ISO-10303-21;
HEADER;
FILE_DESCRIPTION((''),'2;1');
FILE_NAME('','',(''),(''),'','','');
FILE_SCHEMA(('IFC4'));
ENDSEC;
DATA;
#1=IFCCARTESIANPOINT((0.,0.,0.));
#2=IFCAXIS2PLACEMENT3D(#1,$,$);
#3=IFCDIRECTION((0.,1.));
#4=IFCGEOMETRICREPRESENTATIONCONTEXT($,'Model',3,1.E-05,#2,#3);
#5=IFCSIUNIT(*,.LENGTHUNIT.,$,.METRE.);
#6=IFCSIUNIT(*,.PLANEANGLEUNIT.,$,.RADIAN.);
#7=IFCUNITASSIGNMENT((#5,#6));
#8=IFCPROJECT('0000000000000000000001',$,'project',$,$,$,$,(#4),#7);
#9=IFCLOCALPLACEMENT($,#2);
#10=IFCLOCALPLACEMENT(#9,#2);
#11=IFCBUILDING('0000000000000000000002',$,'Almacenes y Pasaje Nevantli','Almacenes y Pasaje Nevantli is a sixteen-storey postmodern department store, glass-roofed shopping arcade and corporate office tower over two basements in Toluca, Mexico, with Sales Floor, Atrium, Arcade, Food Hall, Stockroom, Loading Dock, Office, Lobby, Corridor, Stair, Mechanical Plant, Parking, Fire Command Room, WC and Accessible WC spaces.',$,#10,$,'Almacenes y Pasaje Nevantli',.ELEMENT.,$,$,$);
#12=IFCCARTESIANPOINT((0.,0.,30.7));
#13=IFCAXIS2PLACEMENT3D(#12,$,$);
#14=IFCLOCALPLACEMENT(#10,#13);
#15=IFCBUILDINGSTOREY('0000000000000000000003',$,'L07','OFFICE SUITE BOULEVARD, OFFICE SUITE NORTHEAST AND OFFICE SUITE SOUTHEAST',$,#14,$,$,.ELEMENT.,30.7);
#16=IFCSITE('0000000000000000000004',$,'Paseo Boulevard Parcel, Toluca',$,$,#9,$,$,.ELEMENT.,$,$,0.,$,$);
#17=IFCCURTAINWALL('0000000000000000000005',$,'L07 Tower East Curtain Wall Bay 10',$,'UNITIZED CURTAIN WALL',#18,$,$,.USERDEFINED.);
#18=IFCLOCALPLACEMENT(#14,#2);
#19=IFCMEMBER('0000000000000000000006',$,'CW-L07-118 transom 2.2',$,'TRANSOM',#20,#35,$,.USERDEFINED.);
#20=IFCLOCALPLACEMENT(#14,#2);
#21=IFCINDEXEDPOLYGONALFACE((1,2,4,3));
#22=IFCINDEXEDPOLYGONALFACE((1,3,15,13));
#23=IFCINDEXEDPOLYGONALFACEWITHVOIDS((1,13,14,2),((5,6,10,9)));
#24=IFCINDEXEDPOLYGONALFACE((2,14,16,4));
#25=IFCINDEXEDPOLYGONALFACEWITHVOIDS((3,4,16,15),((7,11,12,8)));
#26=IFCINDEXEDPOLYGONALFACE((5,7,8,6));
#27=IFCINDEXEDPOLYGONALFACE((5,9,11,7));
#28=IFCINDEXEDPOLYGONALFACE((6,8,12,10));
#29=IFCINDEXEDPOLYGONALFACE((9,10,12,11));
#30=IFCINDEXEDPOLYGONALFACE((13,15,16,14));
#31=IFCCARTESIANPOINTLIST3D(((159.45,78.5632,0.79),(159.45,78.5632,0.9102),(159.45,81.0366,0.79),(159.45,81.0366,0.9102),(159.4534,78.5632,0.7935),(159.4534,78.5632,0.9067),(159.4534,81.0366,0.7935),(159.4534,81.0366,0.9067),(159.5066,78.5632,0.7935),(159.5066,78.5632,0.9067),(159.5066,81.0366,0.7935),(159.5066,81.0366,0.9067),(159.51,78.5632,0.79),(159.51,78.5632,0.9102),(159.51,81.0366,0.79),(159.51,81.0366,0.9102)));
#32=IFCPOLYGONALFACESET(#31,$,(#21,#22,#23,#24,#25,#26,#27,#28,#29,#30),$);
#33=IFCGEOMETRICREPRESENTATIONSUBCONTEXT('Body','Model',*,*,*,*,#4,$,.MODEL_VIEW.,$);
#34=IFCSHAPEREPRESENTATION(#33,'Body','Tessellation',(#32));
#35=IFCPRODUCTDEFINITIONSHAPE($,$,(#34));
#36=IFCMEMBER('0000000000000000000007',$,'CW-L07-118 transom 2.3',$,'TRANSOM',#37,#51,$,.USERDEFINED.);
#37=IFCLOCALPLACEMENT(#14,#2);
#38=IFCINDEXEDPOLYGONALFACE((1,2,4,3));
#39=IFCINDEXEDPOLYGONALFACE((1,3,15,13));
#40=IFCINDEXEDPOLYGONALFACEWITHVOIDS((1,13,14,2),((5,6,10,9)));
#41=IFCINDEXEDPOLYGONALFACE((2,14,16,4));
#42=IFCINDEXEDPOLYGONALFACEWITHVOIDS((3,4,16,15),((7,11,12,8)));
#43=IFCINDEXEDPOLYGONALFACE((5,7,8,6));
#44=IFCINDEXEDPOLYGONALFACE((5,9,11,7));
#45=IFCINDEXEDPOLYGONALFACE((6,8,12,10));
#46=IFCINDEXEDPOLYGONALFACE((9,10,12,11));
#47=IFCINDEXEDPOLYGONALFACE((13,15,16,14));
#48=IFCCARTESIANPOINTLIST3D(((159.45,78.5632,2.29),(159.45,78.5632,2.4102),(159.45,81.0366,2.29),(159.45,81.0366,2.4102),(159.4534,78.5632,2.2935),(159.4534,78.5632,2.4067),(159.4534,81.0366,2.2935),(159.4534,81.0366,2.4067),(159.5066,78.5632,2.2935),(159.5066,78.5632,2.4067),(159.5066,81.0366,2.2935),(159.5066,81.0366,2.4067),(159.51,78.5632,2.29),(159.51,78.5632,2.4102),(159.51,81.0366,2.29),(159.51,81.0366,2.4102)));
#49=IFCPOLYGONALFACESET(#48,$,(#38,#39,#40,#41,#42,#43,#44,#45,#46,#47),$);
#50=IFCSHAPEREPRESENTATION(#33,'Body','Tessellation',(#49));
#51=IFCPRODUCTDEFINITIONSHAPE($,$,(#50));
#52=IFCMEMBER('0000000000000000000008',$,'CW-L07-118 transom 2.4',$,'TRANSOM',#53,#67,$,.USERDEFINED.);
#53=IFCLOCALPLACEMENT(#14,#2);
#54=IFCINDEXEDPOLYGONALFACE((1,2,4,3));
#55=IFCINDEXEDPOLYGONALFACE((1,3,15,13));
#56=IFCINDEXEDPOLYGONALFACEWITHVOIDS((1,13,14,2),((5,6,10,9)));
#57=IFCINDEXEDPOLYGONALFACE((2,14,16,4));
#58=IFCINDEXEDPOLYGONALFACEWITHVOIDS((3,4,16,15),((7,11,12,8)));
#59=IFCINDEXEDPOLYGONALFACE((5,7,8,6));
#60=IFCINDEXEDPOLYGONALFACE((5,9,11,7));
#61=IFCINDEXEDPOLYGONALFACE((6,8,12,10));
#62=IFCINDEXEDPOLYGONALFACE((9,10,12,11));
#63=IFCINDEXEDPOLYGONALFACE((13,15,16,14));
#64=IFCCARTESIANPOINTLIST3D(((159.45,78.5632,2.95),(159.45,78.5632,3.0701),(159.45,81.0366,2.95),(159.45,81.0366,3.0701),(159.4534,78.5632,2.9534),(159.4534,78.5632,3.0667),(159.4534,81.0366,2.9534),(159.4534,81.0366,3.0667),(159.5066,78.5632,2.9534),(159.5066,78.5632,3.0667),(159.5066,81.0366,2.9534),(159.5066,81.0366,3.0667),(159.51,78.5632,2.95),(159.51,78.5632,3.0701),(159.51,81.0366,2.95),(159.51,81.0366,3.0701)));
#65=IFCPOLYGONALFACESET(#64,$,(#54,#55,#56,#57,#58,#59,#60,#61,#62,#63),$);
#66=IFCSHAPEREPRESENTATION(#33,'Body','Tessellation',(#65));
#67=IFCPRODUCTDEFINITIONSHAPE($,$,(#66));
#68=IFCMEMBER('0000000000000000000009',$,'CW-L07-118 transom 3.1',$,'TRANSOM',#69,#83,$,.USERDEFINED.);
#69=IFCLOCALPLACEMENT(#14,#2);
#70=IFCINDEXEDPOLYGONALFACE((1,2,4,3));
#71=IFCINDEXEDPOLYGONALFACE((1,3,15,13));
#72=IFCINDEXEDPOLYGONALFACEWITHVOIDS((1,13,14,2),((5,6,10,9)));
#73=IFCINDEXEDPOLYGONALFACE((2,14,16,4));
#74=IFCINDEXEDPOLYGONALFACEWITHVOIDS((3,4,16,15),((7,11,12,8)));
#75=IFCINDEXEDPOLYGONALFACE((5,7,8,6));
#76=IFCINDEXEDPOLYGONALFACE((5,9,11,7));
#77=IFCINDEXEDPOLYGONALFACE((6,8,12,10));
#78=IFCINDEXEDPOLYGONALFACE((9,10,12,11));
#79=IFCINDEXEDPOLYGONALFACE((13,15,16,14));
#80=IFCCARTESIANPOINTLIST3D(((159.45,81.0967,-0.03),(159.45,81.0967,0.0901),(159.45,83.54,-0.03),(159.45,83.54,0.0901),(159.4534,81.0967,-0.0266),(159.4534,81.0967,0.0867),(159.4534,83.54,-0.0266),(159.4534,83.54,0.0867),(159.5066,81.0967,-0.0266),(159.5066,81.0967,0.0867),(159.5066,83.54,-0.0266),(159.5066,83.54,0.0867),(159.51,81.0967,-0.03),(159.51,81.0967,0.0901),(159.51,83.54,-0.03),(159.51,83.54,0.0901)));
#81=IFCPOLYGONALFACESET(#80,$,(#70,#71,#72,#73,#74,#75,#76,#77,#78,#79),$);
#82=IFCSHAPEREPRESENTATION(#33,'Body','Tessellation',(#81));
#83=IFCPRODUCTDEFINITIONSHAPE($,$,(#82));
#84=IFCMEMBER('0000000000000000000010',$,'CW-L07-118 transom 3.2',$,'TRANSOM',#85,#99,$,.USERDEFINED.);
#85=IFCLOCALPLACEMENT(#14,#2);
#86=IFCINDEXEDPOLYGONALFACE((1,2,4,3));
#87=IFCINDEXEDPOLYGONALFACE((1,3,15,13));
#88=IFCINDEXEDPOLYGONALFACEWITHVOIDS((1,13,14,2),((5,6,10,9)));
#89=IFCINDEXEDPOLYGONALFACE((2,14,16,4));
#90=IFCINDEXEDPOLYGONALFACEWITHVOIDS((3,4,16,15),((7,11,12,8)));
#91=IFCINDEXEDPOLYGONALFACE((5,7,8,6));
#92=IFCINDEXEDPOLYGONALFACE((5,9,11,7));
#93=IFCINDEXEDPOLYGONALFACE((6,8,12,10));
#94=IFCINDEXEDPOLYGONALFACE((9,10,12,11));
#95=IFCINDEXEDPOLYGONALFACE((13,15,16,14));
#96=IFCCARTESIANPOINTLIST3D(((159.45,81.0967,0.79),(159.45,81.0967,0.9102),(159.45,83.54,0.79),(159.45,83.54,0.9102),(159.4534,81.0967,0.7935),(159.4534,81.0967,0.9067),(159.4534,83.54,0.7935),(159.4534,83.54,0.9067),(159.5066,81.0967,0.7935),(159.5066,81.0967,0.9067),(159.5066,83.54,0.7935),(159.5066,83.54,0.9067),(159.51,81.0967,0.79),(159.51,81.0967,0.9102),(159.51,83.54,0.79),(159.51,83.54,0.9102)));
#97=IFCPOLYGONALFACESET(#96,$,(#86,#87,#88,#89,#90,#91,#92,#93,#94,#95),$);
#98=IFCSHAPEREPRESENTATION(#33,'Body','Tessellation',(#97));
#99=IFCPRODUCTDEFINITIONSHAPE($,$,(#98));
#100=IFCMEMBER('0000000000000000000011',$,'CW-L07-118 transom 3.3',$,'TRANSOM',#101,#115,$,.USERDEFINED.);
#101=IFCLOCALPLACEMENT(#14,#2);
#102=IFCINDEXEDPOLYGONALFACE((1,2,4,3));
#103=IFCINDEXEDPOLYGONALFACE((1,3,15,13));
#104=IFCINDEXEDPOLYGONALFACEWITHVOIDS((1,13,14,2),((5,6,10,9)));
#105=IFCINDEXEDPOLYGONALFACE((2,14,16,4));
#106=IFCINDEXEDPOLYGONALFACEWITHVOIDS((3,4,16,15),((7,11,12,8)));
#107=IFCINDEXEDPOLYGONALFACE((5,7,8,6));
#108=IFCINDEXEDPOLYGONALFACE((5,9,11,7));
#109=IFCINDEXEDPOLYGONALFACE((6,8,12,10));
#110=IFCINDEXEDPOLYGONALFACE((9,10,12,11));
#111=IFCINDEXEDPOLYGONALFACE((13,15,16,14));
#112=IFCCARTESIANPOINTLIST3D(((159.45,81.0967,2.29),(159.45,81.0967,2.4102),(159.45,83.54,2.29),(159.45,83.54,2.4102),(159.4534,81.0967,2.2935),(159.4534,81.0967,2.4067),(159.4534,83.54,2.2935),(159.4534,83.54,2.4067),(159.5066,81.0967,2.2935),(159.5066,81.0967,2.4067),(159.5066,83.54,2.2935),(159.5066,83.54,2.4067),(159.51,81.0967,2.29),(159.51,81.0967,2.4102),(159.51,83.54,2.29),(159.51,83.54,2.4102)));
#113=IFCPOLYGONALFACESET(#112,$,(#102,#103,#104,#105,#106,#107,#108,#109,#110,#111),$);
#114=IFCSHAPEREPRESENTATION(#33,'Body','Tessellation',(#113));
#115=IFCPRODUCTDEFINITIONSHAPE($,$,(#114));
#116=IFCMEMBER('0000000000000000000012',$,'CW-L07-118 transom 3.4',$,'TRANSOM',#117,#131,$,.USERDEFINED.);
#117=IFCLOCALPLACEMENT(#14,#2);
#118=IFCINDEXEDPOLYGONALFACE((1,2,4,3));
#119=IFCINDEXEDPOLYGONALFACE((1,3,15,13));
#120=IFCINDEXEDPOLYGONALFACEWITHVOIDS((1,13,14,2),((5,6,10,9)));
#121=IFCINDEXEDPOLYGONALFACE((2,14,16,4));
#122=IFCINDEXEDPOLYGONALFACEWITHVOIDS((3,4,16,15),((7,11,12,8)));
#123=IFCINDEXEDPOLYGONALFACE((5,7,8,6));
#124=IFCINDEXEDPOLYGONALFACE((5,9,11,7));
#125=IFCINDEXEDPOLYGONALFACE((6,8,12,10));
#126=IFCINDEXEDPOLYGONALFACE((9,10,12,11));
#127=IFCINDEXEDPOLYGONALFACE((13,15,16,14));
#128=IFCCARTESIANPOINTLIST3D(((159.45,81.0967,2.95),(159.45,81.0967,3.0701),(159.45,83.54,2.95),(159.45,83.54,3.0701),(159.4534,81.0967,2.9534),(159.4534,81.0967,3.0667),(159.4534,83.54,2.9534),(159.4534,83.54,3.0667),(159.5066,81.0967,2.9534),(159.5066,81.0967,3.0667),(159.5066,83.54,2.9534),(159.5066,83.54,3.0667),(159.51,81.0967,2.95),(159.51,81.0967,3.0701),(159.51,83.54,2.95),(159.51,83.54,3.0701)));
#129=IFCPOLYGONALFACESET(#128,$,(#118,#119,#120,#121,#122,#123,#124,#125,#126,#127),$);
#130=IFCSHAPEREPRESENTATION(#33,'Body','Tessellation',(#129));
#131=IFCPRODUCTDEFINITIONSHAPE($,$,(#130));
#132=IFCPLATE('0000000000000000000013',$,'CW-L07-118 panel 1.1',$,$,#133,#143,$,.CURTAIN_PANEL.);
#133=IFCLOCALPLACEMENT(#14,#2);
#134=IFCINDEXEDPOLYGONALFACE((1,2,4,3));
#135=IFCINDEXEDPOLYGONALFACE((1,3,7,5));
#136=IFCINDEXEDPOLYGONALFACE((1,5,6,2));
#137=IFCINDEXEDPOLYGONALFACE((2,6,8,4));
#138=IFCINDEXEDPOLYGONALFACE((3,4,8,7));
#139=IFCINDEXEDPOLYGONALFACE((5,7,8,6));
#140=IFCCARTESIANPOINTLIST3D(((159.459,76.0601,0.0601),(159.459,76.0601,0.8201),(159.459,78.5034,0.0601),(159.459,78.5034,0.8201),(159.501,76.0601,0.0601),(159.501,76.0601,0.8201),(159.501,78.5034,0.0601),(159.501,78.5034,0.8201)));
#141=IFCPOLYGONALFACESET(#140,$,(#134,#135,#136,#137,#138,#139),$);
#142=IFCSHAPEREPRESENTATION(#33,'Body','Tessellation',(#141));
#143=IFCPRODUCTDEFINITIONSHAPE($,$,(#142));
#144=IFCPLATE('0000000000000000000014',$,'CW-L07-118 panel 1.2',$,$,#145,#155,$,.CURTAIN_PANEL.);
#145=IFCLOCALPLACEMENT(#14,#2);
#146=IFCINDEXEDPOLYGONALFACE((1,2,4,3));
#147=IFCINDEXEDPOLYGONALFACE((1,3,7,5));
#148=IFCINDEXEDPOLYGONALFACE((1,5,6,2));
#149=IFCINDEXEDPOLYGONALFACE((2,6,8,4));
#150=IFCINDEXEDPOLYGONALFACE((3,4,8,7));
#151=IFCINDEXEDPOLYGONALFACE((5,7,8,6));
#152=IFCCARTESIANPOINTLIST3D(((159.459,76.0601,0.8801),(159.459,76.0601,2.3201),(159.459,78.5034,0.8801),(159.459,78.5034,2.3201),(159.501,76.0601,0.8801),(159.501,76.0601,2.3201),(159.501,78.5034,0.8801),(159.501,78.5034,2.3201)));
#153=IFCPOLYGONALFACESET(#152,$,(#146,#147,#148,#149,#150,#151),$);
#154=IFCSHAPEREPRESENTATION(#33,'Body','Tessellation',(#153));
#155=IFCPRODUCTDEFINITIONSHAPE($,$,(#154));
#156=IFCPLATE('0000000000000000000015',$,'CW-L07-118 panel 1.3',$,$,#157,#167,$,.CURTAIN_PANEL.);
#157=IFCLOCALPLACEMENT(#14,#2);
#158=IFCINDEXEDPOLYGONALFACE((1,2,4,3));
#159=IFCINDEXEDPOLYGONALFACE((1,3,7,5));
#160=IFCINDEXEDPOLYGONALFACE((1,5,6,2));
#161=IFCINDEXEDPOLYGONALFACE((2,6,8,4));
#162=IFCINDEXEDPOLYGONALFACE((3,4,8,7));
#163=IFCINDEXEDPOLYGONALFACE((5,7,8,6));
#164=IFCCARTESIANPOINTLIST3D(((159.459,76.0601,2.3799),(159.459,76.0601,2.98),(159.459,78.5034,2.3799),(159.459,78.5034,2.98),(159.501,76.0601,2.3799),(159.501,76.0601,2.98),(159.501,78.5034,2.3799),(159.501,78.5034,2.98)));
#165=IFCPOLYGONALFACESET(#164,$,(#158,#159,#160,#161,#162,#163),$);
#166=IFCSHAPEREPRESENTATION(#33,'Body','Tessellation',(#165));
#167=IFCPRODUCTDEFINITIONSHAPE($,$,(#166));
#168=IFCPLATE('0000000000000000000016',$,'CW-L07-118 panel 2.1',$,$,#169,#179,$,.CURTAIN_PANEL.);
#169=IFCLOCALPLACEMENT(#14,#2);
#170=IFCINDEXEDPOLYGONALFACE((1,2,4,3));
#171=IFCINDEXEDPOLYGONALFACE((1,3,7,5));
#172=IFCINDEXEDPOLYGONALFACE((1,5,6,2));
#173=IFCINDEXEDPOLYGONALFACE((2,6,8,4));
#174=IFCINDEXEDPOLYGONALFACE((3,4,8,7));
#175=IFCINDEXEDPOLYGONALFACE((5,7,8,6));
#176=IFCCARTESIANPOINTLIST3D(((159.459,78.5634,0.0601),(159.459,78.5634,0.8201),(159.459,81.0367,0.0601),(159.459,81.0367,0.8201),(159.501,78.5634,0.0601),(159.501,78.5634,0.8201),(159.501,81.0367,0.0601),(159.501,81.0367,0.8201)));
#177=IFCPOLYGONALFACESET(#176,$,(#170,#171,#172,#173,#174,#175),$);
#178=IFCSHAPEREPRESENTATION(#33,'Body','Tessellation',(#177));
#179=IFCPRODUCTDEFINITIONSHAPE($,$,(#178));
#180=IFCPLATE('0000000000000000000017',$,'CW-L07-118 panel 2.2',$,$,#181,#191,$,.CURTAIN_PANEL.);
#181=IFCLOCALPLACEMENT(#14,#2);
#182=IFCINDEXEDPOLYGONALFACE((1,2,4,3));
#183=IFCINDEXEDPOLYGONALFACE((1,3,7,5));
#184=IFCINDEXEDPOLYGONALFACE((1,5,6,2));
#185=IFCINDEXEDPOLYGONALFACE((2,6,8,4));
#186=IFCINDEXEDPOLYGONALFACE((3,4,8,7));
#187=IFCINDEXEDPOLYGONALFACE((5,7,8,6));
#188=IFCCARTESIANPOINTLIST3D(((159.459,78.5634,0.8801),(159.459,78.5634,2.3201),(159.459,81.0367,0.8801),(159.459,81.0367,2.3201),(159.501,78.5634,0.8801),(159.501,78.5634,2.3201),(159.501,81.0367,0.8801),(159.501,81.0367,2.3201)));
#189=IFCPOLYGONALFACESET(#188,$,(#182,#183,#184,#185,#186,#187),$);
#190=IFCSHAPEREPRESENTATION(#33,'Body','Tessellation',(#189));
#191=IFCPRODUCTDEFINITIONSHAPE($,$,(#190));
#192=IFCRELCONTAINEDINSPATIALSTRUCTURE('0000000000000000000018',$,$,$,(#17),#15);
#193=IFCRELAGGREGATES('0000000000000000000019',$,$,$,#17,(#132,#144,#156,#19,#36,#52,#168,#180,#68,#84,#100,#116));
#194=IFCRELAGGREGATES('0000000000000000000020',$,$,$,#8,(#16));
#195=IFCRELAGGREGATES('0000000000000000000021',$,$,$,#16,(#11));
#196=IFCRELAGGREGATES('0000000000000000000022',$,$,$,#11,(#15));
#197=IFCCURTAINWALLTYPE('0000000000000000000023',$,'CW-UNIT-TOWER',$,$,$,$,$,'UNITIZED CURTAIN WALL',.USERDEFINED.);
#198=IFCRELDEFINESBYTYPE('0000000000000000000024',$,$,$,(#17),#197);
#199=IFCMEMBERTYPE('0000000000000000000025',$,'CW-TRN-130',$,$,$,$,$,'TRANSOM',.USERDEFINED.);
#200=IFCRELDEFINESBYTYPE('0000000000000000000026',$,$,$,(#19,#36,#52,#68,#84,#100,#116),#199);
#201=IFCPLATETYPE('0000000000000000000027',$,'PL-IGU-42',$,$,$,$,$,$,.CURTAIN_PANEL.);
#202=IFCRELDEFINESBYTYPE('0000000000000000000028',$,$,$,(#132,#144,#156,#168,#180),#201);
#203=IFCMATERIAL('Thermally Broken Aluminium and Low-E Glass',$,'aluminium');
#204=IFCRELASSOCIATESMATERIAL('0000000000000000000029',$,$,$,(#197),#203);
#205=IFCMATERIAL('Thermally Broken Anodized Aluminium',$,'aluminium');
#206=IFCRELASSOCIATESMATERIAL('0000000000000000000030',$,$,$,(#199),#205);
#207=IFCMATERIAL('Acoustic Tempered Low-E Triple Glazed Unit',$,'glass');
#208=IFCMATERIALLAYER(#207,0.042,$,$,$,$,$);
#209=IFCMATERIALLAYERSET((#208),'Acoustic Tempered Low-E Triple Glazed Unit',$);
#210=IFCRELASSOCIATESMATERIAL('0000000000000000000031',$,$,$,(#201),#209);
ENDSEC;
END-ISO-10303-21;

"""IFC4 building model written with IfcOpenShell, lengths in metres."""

from ifc_helpers import new_model, si_unit, direction, frame, origin, origin_2d, place, context, subcontext, project, spatial, rectangle, hollow_rectangle, extrude, material, layer, layer_set, material_profile, profile_set, type_object, element, aggregate, save


model = new_model("IFC4")

# Units and contexts
model_context = context("Model", 3, precision=1e-05, world=origin(), true_north=direction((0.0, 1.0)))
body_context = subcontext(model_context, "Body", "Model", "MODEL_VIEW")
ifc_project = project(units=[si_unit("LENGTHUNIT", "METRE"), si_unit("PLANEANGLEUNIT", "RADIAN")], contexts=[model_context])

# Site, building, storey
site_placement = place(None, origin())
site = spatial("IfcSite", under=ifc_project, at=site_placement, Name="Paseo Boulevard Parcel, Toluca", CompositionType="ELEMENT", RefElevation=0.0)
building_placement = place(site_placement, origin())
building = spatial("IfcBuilding", under=site, at=building_placement, Name="Almacenes y Pasaje Nevantli", Description="Almacenes y Pasaje Nevantli is a sixteen-storey postmodern department store, glass-roofed shopping arcade and corporate office tower over two basements in Toluca, Mexico, with Sales Floor, Atrium, Arcade, Food Hall, Stockroom, Loading Dock, Office, Lobby, Corridor, Stair, Mechanical Plant, Parking, Fire Command Room, WC and Accessible WC spaces.", LongName="Almacenes y Pasaje Nevantli", CompositionType="ELEMENT")
storey_placement = place(building_placement, frame((0.0, 0.0, 30.7)))
storey = spatial("IfcBuildingStorey", under=building, at=storey_placement, Name="L07", Description="OFFICE SUITE BOULEVARD, OFFICE SUITE NORTHEAST AND OFFICE SUITE SOUTHEAST", CompositionType="ELEMENT", Elevation=30.7)

# Curtain wall, members, plates
ifc_material_1 = material(Name="Thermally Broken Aluminium and Low-E Glass", Category="aluminium")
curtain_wall_type = type_object("IfcCurtainWallType", Name="CW-UNIT-TOWER", ElementType="UNITIZED CURTAIN WALL", PredefinedType="USERDEFINED", material=ifc_material_1)
curtain_wall_placement = place(storey_placement, origin())
curtain_wall = element("IfcCurtainWall", 1, at=curtain_wall_placement, inside=storey, type_object=curtain_wall_type, Name="L07 Tower East Curtain Wall Bay 10", ObjectType="UNITIZED CURTAIN WALL", PredefinedType="USERDEFINED")
ifc_material_2 = material(Name="Thermally Broken Anodized Aluminium", Category="aluminium")
ifc_material_profile_1 = material_profile(ifc_material_2, hollow_rectangle(XDim=0.0601, YDim=0.1201, WallThickness=0.0034, at=origin_2d()), Name="ALU-TRN-60x120")
ifc_profile_set_1 = profile_set([ifc_material_profile_1], Name="Thermally Broken Anodized Aluminium")
member_type_1 = type_object("IfcMemberType", Name="CW-TRN-130", ElementType="TRANSOM", PredefinedType="USERDEFINED", material=ifc_profile_set_1)
member_1_placement = place(storey_placement, frame((159.48, 78.5632, 0.8501), z_axis=(0.0, 1.0, 0.0), x_axis=(-1.0, 0.0, 0.0)))
member_1 = element("IfcMember", 2, at=member_1_placement, type_object=member_type_1, Name="CW-L07-118 transom 2.2", ObjectType="TRANSOM", PredefinedType="USERDEFINED", context=body_context, shape_type="SweptSolid", body=[
    extrude(hollow_rectangle(XDim=0.0601, YDim=0.1201, WallThickness=0.0034, at=origin_2d()), origin(), (0.0, 0.0, 1.0), 2.4734),
])
member_2_placement = place(storey_placement, frame((159.48, 78.5632, 2.3501), z_axis=(0.0, 1.0, 0.0), x_axis=(-1.0, 0.0, 0.0)))
member_2 = element("IfcMember", 3, at=member_2_placement, type_object=member_type_1, Name="CW-L07-118 transom 2.3", ObjectType="TRANSOM", PredefinedType="USERDEFINED", context=body_context, shape_type="SweptSolid", body=[
    extrude(hollow_rectangle(XDim=0.0601, YDim=0.1201, WallThickness=0.0034, at=origin_2d()), origin(), (0.0, 0.0, 1.0), 2.4734),
])
member_3_placement = place(storey_placement, frame((159.48, 78.5632, 3.01), z_axis=(0.0, 1.0, 0.0), x_axis=(-1.0, 0.0, 0.0)))
member_3 = element("IfcMember", 4, at=member_3_placement, type_object=member_type_1, Name="CW-L07-118 transom 2.4", ObjectType="TRANSOM", PredefinedType="USERDEFINED", context=body_context, shape_type="SweptSolid", body=[
    extrude(hollow_rectangle(XDim=0.0601, YDim=0.1201, WallThickness=0.0034, at=origin_2d()), origin(), (0.0, 0.0, 1.0), 2.4734),
])
member_4_placement = place(storey_placement, frame((159.48, 81.0967, 0.03), z_axis=(0.0, 1.0, 0.0), x_axis=(-1.0, 0.0, 0.0)))
member_4 = element("IfcMember", 5, at=member_4_placement, type_object=member_type_1, Name="CW-L07-118 transom 3.1", ObjectType="TRANSOM", PredefinedType="USERDEFINED", context=body_context, shape_type="SweptSolid", body=[
    extrude(hollow_rectangle(XDim=0.0601, YDim=0.1201, WallThickness=0.0034, at=origin_2d()), origin(), (0.0, 0.0, 1.0), 2.4434),
])
member_5_placement = place(storey_placement, frame((159.48, 81.0967, 0.8501), z_axis=(0.0, 1.0, 0.0), x_axis=(-1.0, 0.0, 0.0)))
member_5 = element("IfcMember", 6, at=member_5_placement, type_object=member_type_1, Name="CW-L07-118 transom 3.2", ObjectType="TRANSOM", PredefinedType="USERDEFINED", context=body_context, shape_type="SweptSolid", body=[
    extrude(hollow_rectangle(XDim=0.0601, YDim=0.1201, WallThickness=0.0034, at=origin_2d()), origin(), (0.0, 0.0, 1.0), 2.4434),
])
member_6_placement = place(storey_placement, frame((159.48, 81.0967, 2.3501), z_axis=(0.0, 1.0, 0.0), x_axis=(-1.0, 0.0, 0.0)))
member_6 = element("IfcMember", 7, at=member_6_placement, type_object=member_type_1, Name="CW-L07-118 transom 3.3", ObjectType="TRANSOM", PredefinedType="USERDEFINED", context=body_context, shape_type="SweptSolid", body=[
    extrude(hollow_rectangle(XDim=0.0601, YDim=0.1201, WallThickness=0.0034, at=origin_2d()), origin(), (0.0, 0.0, 1.0), 2.4434),
])
member_7_placement = place(storey_placement, frame((159.48, 81.0967, 3.01), z_axis=(0.0, 1.0, 0.0), x_axis=(-1.0, 0.0, 0.0)))
member_7 = element("IfcMember", 8, at=member_7_placement, type_object=member_type_1, Name="CW-L07-118 transom 3.4", ObjectType="TRANSOM", PredefinedType="USERDEFINED", context=body_context, shape_type="SweptSolid", body=[
    extrude(hollow_rectangle(XDim=0.0601, YDim=0.1201, WallThickness=0.0034, at=origin_2d()), origin(), (0.0, 0.0, 1.0), 2.4434),
])
ifc_material_3 = material(Name="Acoustic Tempered Low-E Triple Glazed Unit", Category="glass")
ifc_layer_1 = layer(ifc_material_3, 0.042)
ifc_layer_set_1 = layer_set([ifc_layer_1], Name="Acoustic Tempered Low-E Triple Glazed Unit")
plate_type = type_object("IfcPlateType", Name="PL-IGU-42", PredefinedType="CURTAIN_PANEL", material=ifc_layer_set_1)
plate_1_placement = place(storey_placement, frame((159.48, 77.2817, 0.0601), z_axis=(0.0, 0.0, 1.0), x_axis=(0.0, 1.0, 0.0)))
plate_1 = element("IfcPlate", 9, at=plate_1_placement, type_object=plate_type, Name="CW-L07-118 panel 1.1", PredefinedType="CURTAIN_PANEL", context=body_context, shape_type="SweptSolid", body=[
    extrude(rectangle(XDim=2.4434, YDim=0.042, at=origin_2d()), origin(), (0.0, 0.0, 1.0), 0.76),
])
plate_2_placement = place(storey_placement, frame((159.48, 77.2817, 0.8801), z_axis=(0.0, 0.0, 1.0), x_axis=(0.0, 1.0, 0.0)))
plate_2 = element("IfcPlate", 10, at=plate_2_placement, type_object=plate_type, Name="CW-L07-118 panel 1.2", PredefinedType="CURTAIN_PANEL", context=body_context, shape_type="SweptSolid", body=[
    extrude(rectangle(XDim=2.4434, YDim=0.042, at=origin_2d()), origin(), (0.0, 0.0, 1.0), 1.4399),
])
plate_3_placement = place(storey_placement, frame((159.48, 77.2817, 2.3799), z_axis=(0.0, 0.0, 1.0), x_axis=(0.0, 1.0, 0.0)))
plate_3 = element("IfcPlate", 11, at=plate_3_placement, type_object=plate_type, Name="CW-L07-118 panel 1.3", PredefinedType="CURTAIN_PANEL", context=body_context, shape_type="SweptSolid", body=[
    extrude(rectangle(XDim=2.4434, YDim=0.042, at=origin_2d()), origin(), (0.0, 0.0, 1.0), 0.6001),
])
plate_4_placement = place(storey_placement, frame((159.48, 79.8, 0.0601), z_axis=(0.0, 0.0, 1.0), x_axis=(0.0, 1.0, 0.0)))
plate_4 = element("IfcPlate", 12, at=plate_4_placement, type_object=plate_type, Name="CW-L07-118 panel 2.1", PredefinedType="CURTAIN_PANEL", context=body_context, shape_type="SweptSolid", body=[
    extrude(rectangle(XDim=2.4734, YDim=0.042, at=origin_2d()), origin(), (0.0, 0.0, 1.0), 0.76),
])
plate_5_placement = place(storey_placement, frame((159.48, 79.8, 0.8801), z_axis=(0.0, 0.0, 1.0), x_axis=(0.0, 1.0, 0.0)))
plate_5 = element("IfcPlate", 13, at=plate_5_placement, type_object=plate_type, Name="CW-L07-118 panel 2.2", PredefinedType="CURTAIN_PANEL", context=body_context, shape_type="SweptSolid", body=[
    extrude(rectangle(XDim=2.4734, YDim=0.042, at=origin_2d()), origin(), (0.0, 0.0, 1.0), 1.4399),
])
aggregate(curtain_wall, [plate_1, plate_2, plate_3, member_1, member_2, member_3, plate_4, plate_5, member_4, member_5, member_6, member_7])

save(model, "model.ifc")
